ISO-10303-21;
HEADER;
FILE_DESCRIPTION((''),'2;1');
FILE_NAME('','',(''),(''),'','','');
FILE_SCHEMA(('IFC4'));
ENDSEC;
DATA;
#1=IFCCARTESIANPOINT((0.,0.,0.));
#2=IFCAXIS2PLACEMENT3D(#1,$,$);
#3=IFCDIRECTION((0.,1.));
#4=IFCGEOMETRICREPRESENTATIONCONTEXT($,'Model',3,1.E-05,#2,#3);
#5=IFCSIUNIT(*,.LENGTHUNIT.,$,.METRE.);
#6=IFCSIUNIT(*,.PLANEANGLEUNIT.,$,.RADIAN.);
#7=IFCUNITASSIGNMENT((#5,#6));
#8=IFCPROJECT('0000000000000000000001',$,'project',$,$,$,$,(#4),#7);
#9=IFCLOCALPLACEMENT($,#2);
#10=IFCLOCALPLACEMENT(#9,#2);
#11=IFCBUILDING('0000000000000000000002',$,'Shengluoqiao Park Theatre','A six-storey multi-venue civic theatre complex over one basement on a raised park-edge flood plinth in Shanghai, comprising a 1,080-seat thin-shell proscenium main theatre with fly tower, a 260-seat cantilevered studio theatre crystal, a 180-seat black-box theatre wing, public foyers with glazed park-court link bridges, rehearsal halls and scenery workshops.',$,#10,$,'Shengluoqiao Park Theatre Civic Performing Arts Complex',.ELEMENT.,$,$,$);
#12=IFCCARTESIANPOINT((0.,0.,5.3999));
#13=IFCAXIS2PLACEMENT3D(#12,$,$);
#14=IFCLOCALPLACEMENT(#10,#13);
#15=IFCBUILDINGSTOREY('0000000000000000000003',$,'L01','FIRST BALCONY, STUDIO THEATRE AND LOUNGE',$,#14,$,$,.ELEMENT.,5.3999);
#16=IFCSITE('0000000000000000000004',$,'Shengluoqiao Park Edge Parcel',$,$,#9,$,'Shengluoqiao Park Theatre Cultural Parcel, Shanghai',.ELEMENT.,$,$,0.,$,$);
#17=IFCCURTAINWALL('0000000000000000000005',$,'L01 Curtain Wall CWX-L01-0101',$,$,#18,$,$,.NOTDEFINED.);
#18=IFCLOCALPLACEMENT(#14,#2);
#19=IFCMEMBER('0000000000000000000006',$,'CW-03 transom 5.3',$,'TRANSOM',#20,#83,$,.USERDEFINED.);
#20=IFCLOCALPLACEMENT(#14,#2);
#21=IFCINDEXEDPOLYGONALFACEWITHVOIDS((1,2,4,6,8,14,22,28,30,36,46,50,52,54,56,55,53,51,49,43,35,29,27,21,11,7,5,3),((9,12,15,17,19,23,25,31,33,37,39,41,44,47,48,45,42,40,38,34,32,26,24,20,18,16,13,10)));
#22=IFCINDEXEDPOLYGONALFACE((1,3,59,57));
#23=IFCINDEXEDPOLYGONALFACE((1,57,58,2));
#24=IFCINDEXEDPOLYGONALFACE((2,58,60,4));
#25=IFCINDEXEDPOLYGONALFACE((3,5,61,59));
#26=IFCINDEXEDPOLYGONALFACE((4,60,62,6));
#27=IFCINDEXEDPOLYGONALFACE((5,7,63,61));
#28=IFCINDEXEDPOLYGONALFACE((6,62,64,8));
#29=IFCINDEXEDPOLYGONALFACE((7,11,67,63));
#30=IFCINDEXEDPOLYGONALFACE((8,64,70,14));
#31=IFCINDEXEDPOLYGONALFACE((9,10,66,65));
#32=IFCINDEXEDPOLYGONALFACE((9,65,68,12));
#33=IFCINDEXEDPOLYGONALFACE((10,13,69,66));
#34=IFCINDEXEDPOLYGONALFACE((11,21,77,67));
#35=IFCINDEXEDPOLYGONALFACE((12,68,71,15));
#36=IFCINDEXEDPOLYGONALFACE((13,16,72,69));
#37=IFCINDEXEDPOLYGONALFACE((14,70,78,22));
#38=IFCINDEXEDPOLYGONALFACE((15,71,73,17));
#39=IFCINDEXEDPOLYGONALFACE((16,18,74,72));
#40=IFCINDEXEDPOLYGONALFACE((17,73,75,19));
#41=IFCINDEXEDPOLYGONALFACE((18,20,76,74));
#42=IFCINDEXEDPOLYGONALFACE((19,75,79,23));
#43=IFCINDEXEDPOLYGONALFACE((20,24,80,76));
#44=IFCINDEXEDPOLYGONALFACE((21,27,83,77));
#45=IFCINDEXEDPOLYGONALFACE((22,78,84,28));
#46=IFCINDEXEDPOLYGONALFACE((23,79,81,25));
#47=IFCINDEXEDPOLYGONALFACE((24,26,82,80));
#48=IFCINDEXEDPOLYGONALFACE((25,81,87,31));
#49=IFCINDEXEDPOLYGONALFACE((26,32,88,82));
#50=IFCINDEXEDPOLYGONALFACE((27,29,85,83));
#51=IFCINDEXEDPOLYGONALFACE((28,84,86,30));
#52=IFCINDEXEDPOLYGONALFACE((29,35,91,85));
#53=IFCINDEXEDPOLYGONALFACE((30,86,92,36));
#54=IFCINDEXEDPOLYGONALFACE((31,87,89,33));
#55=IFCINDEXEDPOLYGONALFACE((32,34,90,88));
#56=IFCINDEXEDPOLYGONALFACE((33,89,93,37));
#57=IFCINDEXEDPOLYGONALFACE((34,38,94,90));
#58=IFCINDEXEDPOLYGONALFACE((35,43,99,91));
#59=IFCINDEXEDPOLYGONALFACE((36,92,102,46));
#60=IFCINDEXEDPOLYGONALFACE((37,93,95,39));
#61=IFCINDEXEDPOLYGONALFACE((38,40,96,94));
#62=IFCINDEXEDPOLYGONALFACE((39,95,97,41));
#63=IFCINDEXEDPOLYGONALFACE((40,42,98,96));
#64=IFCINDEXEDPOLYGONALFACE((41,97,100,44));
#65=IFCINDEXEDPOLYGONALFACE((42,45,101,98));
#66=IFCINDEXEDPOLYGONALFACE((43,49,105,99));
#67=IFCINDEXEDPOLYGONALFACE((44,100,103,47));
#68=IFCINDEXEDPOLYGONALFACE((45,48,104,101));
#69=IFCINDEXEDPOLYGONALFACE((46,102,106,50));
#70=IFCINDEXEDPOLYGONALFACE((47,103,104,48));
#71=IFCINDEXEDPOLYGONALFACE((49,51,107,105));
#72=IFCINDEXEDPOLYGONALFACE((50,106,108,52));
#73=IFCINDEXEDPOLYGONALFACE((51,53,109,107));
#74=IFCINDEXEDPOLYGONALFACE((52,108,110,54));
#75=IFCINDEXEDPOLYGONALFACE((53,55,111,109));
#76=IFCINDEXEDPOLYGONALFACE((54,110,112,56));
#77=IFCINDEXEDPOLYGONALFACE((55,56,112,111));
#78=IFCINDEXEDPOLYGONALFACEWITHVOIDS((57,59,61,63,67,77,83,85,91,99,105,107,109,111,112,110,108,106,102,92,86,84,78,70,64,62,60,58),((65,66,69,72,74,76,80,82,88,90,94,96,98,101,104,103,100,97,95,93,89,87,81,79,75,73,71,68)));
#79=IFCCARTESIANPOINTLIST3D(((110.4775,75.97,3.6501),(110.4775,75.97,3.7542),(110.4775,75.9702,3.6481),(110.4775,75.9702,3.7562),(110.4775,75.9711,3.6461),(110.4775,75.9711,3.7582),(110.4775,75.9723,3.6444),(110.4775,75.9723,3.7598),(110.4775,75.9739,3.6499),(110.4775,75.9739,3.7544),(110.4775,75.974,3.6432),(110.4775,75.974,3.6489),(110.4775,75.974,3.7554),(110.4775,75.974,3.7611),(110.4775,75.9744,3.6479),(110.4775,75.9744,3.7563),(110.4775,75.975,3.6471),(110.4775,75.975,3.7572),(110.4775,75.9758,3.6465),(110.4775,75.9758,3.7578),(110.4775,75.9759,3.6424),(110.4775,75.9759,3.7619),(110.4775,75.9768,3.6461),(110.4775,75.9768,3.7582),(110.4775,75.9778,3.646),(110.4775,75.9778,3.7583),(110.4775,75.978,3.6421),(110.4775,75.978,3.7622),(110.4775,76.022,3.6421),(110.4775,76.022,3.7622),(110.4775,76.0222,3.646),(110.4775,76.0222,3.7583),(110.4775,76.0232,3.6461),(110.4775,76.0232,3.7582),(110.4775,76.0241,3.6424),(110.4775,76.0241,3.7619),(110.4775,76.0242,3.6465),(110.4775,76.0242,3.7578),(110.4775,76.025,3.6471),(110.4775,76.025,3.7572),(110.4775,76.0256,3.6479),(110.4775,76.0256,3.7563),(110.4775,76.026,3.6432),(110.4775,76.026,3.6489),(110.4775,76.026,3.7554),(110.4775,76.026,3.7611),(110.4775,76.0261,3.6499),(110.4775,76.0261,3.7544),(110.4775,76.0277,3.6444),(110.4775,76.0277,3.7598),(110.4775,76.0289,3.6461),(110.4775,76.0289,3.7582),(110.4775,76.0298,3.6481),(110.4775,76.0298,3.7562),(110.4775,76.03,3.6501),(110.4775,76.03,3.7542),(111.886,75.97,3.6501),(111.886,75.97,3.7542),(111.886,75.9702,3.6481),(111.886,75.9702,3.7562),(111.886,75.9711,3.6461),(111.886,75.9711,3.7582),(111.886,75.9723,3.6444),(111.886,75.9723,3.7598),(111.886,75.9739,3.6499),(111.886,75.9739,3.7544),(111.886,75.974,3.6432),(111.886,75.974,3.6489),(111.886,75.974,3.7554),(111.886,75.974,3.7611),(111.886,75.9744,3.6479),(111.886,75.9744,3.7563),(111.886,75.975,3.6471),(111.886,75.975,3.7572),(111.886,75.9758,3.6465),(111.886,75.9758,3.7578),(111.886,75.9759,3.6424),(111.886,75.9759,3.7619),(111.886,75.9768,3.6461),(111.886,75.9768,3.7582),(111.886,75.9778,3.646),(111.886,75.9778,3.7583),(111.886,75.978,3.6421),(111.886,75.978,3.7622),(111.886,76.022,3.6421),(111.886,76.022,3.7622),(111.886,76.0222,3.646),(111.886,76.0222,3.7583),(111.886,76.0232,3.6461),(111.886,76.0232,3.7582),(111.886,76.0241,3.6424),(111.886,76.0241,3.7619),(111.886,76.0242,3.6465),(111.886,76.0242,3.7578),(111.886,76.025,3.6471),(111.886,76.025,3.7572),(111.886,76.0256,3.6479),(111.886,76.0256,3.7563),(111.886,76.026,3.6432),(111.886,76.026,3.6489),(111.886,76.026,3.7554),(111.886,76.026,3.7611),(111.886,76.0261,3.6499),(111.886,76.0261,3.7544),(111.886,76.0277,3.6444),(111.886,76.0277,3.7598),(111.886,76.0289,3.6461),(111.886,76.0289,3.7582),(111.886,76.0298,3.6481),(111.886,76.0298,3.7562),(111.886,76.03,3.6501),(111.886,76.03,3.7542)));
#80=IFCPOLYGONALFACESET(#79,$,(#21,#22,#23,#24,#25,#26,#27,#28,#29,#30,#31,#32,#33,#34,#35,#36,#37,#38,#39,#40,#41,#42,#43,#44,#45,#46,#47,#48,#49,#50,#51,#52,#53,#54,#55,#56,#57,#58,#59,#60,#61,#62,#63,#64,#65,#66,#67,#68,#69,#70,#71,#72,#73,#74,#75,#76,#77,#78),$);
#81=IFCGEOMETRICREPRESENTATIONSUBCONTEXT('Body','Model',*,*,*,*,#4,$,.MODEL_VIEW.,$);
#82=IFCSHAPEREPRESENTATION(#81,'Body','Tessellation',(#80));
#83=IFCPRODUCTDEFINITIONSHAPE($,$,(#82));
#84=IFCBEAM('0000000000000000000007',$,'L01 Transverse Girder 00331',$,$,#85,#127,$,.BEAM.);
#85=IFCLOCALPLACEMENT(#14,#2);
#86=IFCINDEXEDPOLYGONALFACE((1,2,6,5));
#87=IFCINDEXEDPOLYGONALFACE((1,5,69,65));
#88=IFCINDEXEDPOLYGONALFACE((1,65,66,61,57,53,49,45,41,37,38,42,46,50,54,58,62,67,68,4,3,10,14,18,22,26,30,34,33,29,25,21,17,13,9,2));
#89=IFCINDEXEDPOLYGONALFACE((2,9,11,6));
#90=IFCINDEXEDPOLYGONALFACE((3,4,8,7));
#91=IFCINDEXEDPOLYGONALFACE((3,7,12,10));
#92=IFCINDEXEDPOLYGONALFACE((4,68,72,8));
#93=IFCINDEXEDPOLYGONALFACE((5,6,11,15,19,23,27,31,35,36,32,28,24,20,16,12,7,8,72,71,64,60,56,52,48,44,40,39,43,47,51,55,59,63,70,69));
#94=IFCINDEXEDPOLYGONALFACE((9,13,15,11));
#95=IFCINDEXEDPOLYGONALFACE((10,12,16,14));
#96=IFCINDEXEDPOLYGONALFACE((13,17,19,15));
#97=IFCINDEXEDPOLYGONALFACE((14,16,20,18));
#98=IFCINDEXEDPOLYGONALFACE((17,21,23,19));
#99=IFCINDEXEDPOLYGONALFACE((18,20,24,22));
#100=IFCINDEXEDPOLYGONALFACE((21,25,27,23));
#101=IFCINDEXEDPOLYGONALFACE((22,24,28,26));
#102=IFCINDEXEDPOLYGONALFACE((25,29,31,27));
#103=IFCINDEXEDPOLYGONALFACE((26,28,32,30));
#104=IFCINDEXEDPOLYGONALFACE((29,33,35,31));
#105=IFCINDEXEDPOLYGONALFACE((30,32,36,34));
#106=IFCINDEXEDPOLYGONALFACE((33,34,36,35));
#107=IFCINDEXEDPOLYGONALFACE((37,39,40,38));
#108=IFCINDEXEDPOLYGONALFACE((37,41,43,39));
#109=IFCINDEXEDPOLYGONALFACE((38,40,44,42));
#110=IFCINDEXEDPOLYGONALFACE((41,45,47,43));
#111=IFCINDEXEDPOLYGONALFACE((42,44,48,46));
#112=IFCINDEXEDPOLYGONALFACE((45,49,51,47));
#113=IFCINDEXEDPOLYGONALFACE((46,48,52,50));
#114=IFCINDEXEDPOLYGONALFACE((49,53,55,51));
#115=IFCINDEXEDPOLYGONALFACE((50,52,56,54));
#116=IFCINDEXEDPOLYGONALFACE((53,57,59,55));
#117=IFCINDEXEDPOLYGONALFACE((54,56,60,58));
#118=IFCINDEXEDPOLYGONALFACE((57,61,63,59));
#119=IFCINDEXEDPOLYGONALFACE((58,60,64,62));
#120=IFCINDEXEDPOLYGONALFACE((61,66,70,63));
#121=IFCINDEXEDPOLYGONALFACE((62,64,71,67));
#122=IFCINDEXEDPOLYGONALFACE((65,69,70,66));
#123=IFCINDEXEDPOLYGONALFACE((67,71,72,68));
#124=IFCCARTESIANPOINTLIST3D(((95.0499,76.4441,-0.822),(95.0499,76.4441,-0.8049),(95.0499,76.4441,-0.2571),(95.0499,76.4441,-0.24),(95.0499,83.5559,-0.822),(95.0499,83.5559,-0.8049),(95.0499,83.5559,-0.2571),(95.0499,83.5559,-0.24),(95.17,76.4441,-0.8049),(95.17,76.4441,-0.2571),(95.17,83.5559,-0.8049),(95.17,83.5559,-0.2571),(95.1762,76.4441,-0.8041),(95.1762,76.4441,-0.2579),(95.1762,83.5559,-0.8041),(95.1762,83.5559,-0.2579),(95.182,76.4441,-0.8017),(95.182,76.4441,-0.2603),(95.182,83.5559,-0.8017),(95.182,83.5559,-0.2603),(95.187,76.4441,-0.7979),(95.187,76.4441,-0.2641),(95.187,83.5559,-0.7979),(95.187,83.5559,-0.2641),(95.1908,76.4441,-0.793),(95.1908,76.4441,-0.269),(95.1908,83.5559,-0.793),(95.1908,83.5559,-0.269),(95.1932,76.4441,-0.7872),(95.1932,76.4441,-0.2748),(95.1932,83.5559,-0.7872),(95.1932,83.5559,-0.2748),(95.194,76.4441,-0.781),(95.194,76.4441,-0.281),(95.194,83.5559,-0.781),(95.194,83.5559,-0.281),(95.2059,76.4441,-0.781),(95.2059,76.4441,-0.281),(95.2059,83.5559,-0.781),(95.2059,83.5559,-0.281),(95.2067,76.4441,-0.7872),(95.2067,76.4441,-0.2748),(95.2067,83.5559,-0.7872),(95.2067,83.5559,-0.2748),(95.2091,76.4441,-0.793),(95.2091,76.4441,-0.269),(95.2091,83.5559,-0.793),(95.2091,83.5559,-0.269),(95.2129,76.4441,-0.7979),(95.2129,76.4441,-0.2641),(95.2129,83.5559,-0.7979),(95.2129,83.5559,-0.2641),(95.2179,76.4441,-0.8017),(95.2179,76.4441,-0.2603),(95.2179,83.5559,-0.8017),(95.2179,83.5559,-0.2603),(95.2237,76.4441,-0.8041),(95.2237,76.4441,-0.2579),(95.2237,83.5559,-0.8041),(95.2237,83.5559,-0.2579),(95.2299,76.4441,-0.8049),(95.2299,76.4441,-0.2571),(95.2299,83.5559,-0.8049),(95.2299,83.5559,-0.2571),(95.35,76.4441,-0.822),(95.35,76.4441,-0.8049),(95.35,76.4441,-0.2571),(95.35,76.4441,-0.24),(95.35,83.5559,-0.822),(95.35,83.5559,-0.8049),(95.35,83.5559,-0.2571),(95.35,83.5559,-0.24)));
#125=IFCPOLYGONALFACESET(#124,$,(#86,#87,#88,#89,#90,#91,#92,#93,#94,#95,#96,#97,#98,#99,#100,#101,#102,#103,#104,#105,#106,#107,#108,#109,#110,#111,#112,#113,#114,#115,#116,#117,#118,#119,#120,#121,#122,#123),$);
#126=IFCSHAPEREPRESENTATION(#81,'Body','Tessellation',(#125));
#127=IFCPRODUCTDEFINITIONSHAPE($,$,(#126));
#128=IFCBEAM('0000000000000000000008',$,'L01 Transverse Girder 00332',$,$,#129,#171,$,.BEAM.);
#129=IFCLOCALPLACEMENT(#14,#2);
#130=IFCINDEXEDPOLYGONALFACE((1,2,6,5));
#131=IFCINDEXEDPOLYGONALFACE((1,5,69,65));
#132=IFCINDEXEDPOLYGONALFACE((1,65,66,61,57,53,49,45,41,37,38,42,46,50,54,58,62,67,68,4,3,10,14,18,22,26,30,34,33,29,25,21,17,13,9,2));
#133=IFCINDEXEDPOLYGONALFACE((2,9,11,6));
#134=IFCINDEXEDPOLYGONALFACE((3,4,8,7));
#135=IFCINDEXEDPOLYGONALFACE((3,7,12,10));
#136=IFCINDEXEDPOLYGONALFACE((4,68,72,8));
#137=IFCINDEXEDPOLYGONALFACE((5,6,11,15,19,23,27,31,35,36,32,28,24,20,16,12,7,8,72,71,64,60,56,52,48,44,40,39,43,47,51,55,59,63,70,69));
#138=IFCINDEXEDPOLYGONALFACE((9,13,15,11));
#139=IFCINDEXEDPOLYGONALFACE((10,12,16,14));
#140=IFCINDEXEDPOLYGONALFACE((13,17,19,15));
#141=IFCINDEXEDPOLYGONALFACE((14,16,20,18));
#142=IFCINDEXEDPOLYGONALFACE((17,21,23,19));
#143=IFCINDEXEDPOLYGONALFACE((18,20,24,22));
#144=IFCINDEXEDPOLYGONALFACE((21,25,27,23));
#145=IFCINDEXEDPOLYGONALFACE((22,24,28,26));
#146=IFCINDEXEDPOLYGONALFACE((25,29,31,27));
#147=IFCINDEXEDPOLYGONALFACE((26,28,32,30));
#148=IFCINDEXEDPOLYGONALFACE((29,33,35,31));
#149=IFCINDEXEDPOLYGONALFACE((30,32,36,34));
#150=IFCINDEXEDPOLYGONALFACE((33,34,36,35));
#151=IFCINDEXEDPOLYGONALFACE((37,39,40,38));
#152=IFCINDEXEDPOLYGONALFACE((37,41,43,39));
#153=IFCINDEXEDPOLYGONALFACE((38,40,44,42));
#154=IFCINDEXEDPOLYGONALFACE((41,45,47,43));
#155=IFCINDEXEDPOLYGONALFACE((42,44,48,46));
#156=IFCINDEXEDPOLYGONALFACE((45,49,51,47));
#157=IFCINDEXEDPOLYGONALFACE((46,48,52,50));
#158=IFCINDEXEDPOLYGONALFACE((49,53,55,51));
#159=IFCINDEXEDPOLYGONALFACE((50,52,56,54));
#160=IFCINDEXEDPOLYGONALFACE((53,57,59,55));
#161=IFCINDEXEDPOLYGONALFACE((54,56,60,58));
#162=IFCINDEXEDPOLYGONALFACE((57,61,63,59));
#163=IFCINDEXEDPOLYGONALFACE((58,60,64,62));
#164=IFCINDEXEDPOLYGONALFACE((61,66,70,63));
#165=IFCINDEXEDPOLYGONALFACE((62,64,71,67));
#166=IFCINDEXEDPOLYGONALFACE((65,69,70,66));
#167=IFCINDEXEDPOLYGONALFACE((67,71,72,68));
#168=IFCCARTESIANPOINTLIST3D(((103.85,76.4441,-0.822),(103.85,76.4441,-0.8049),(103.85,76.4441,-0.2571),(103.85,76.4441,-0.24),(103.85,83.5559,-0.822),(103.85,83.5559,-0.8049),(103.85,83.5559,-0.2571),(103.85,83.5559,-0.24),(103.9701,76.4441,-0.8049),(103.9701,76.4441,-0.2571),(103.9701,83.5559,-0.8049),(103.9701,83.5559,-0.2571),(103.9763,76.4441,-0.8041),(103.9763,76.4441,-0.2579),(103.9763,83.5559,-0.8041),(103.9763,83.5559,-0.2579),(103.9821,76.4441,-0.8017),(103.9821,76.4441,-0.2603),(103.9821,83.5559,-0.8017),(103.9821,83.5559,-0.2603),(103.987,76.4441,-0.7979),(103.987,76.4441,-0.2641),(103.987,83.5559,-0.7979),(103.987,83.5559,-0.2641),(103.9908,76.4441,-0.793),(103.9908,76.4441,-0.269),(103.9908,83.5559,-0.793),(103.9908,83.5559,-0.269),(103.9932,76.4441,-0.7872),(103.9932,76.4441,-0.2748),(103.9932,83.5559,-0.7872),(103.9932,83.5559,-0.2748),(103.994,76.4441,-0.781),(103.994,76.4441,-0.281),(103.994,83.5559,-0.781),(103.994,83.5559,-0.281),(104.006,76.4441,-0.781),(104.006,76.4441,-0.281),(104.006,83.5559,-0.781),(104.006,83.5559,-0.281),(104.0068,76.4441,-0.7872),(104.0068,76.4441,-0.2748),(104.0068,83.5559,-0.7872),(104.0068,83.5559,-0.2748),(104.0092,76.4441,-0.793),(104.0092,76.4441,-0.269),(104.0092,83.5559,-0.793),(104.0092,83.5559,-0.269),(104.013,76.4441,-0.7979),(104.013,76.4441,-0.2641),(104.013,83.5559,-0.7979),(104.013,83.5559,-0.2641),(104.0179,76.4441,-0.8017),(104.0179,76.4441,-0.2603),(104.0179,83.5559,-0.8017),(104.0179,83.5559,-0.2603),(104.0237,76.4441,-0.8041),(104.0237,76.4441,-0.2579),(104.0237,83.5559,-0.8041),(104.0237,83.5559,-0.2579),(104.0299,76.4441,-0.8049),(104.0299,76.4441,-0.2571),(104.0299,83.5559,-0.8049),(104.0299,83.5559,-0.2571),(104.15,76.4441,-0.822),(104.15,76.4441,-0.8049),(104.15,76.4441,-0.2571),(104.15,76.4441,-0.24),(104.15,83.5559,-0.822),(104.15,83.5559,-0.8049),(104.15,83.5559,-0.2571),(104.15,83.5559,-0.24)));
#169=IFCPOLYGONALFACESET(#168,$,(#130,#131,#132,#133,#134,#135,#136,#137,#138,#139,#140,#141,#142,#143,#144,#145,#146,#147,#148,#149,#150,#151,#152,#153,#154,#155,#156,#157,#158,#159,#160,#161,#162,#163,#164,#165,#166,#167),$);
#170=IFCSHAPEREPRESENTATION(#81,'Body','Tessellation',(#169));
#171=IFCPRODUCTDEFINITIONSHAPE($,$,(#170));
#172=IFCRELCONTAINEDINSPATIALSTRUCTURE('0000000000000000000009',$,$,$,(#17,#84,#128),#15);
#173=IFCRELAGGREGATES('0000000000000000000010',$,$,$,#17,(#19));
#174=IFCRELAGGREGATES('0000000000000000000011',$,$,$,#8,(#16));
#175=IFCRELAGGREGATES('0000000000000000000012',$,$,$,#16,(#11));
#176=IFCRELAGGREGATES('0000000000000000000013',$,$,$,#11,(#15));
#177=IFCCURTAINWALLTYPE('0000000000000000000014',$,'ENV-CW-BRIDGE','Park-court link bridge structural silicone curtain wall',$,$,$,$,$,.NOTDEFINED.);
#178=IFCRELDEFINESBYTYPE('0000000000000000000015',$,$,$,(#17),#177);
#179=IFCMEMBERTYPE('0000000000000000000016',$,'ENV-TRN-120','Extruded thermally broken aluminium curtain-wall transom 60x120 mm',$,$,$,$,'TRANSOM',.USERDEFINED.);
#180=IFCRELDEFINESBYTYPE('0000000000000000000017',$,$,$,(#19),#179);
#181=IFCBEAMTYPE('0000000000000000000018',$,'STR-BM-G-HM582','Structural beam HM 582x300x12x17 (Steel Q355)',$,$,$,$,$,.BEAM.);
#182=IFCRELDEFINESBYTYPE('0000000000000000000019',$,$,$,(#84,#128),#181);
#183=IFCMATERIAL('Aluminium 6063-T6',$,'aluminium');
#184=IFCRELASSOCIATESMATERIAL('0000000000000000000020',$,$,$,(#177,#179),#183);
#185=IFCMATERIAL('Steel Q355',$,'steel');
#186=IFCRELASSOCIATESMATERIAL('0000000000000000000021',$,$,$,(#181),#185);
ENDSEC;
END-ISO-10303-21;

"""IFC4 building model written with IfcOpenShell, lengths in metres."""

from ifc_helpers import new_model, si_unit, direction, frame, origin, origin_2d, place, context, subcontext, project, spatial, hollow_rectangle, i_section, extrude, material, material_profile, profile_set, type_object, element, aggregate, save


model = new_model("IFC4")

# Units and contexts
model_context = context("Model", 3, precision=1e-05, world=origin(), true_north=direction((0.0, 1.0)))
body_context = subcontext(model_context, "Body", "Model", "MODEL_VIEW")
ifc_project = project(units=[si_unit("LENGTHUNIT", "METRE"), si_unit("PLANEANGLEUNIT", "RADIAN")], contexts=[model_context])

# Site, building, storey
site_placement = place(None, origin())
site = spatial("IfcSite", under=ifc_project, at=site_placement, Name="Shengluoqiao Park Edge Parcel", LongName="Shengluoqiao Park Theatre Cultural Parcel, Shanghai", CompositionType="ELEMENT", RefElevation=0.0)
building_placement = place(site_placement, origin())
building = spatial("IfcBuilding", under=site, at=building_placement, Name="Shengluoqiao Park Theatre", Description="A six-storey multi-venue civic theatre complex over one basement on a raised park-edge flood plinth in Shanghai, comprising a 1,080-seat thin-shell proscenium main theatre with fly tower, a 260-seat cantilevered studio theatre crystal, a 180-seat black-box theatre wing, public foyers with glazed park-court link bridges, rehearsal halls and scenery workshops.", LongName="Shengluoqiao Park Theatre Civic Performing Arts Complex", CompositionType="ELEMENT")
storey_placement = place(building_placement, frame((0.0, 0.0, 5.3999)))
storey = spatial("IfcBuildingStorey", under=building, at=storey_placement, Name="L01", Description="FIRST BALCONY, STUDIO THEATRE AND LOUNGE", CompositionType="ELEMENT", Elevation=5.3999)

# Curtain wall, member
ifc_material_1 = material(Name="Aluminium 6063-T6", Category="aluminium")
curtain_wall_type = type_object("IfcCurtainWallType", Name="ENV-CW-BRIDGE", Description="Park-court link bridge structural silicone curtain wall", PredefinedType="NOTDEFINED", material=ifc_material_1)
curtain_wall_placement = place(storey_placement, origin())
curtain_wall = element("IfcCurtainWall", 1, at=curtain_wall_placement, inside=storey, type_object=curtain_wall_type, Name="L01 Curtain Wall CWX-L01-0101", PredefinedType="NOTDEFINED")
ifc_material_profile_1 = material_profile(ifc_material_1, hollow_rectangle(XDim=0.0601, YDim=0.1201, WallThickness=0.0039, InnerFilletRadius=0.0039, OuterFilletRadius=0.0081, at=origin_2d()), Name="ALU TRANSOM 120x60x4")
ifc_profile_set_1 = profile_set([ifc_material_profile_1], Name="Aluminium 6063-T6")
member_type_1 = type_object("IfcMemberType", Name="ENV-TRN-120", Description="Extruded thermally broken aluminium curtain-wall transom 60x120 mm", ElementType="TRANSOM", PredefinedType="USERDEFINED", material=ifc_profile_set_1)
member_1_placement = place(storey_placement, frame((110.4775, 76.0, 3.7021), z_axis=(1.0, 0.0, 0.0), x_axis=(0.0, 1.0, 0.0)))
member_1 = element("IfcMember", 2, at=member_1_placement, type_object=member_type_1, Name="CW-03 transom 5.3", ObjectType="TRANSOM", PredefinedType="USERDEFINED", context=body_context, shape_type="SweptSolid", body=[
    extrude(hollow_rectangle(XDim=0.0601, YDim=0.1201, WallThickness=0.0039, InnerFilletRadius=0.0039, OuterFilletRadius=0.0081, at=origin_2d()), origin(), (0.0, 0.0, 1.0), 1.4084),
])

# Beams
ifc_material_2 = material(Name="Steel Q355", Category="steel")
ifc_material_profile_2 = material_profile(ifc_material_2, i_section(OverallWidth=0.3, OverallDepth=0.582, WebThickness=0.012, FlangeThickness=0.0171, FilletRadius=0.0239, at=origin_2d()), Name="HM 582x300x12x17")
ifc_profile_set_2 = profile_set([ifc_material_profile_2], Name="Steel Q355")
beam_type_1 = type_object("IfcBeamType", Name="STR-BM-G-HM582", Description="Structural beam HM 582x300x12x17 (Steel Q355)", PredefinedType="BEAM", material=ifc_profile_set_2)
for number, where, z_axis, x_axis, name in (
    (3, (95.2, 76.4441, -0.531), (0.0, 1.0, 0.0), (-1.0, 0.0, 0.0), "L01 Transverse Girder 00331"),
    (4, (104.0, 76.4441, -0.531), (0.0, 1.0, 0.0), (-1.0, 0.0, 0.0), "L01 Transverse Girder 00332"),
):
    element("IfcBeam", number, at=place(storey_placement, frame(where, z_axis=z_axis, x_axis=x_axis)), inside=storey, type_object=beam_type_1, Name=name, PredefinedType="BEAM", context=body_context, shape_type="SweptSolid", body=[
        extrude(i_section(OverallWidth=0.3, OverallDepth=0.582, WebThickness=0.012, FlangeThickness=0.0171, FilletRadius=0.0239, at=origin_2d()), origin(), (0.0, 0.0, 1.0), 7.1118),
    ])

aggregate(curtain_wall, [member_1])

save(model, "model.ifc")
